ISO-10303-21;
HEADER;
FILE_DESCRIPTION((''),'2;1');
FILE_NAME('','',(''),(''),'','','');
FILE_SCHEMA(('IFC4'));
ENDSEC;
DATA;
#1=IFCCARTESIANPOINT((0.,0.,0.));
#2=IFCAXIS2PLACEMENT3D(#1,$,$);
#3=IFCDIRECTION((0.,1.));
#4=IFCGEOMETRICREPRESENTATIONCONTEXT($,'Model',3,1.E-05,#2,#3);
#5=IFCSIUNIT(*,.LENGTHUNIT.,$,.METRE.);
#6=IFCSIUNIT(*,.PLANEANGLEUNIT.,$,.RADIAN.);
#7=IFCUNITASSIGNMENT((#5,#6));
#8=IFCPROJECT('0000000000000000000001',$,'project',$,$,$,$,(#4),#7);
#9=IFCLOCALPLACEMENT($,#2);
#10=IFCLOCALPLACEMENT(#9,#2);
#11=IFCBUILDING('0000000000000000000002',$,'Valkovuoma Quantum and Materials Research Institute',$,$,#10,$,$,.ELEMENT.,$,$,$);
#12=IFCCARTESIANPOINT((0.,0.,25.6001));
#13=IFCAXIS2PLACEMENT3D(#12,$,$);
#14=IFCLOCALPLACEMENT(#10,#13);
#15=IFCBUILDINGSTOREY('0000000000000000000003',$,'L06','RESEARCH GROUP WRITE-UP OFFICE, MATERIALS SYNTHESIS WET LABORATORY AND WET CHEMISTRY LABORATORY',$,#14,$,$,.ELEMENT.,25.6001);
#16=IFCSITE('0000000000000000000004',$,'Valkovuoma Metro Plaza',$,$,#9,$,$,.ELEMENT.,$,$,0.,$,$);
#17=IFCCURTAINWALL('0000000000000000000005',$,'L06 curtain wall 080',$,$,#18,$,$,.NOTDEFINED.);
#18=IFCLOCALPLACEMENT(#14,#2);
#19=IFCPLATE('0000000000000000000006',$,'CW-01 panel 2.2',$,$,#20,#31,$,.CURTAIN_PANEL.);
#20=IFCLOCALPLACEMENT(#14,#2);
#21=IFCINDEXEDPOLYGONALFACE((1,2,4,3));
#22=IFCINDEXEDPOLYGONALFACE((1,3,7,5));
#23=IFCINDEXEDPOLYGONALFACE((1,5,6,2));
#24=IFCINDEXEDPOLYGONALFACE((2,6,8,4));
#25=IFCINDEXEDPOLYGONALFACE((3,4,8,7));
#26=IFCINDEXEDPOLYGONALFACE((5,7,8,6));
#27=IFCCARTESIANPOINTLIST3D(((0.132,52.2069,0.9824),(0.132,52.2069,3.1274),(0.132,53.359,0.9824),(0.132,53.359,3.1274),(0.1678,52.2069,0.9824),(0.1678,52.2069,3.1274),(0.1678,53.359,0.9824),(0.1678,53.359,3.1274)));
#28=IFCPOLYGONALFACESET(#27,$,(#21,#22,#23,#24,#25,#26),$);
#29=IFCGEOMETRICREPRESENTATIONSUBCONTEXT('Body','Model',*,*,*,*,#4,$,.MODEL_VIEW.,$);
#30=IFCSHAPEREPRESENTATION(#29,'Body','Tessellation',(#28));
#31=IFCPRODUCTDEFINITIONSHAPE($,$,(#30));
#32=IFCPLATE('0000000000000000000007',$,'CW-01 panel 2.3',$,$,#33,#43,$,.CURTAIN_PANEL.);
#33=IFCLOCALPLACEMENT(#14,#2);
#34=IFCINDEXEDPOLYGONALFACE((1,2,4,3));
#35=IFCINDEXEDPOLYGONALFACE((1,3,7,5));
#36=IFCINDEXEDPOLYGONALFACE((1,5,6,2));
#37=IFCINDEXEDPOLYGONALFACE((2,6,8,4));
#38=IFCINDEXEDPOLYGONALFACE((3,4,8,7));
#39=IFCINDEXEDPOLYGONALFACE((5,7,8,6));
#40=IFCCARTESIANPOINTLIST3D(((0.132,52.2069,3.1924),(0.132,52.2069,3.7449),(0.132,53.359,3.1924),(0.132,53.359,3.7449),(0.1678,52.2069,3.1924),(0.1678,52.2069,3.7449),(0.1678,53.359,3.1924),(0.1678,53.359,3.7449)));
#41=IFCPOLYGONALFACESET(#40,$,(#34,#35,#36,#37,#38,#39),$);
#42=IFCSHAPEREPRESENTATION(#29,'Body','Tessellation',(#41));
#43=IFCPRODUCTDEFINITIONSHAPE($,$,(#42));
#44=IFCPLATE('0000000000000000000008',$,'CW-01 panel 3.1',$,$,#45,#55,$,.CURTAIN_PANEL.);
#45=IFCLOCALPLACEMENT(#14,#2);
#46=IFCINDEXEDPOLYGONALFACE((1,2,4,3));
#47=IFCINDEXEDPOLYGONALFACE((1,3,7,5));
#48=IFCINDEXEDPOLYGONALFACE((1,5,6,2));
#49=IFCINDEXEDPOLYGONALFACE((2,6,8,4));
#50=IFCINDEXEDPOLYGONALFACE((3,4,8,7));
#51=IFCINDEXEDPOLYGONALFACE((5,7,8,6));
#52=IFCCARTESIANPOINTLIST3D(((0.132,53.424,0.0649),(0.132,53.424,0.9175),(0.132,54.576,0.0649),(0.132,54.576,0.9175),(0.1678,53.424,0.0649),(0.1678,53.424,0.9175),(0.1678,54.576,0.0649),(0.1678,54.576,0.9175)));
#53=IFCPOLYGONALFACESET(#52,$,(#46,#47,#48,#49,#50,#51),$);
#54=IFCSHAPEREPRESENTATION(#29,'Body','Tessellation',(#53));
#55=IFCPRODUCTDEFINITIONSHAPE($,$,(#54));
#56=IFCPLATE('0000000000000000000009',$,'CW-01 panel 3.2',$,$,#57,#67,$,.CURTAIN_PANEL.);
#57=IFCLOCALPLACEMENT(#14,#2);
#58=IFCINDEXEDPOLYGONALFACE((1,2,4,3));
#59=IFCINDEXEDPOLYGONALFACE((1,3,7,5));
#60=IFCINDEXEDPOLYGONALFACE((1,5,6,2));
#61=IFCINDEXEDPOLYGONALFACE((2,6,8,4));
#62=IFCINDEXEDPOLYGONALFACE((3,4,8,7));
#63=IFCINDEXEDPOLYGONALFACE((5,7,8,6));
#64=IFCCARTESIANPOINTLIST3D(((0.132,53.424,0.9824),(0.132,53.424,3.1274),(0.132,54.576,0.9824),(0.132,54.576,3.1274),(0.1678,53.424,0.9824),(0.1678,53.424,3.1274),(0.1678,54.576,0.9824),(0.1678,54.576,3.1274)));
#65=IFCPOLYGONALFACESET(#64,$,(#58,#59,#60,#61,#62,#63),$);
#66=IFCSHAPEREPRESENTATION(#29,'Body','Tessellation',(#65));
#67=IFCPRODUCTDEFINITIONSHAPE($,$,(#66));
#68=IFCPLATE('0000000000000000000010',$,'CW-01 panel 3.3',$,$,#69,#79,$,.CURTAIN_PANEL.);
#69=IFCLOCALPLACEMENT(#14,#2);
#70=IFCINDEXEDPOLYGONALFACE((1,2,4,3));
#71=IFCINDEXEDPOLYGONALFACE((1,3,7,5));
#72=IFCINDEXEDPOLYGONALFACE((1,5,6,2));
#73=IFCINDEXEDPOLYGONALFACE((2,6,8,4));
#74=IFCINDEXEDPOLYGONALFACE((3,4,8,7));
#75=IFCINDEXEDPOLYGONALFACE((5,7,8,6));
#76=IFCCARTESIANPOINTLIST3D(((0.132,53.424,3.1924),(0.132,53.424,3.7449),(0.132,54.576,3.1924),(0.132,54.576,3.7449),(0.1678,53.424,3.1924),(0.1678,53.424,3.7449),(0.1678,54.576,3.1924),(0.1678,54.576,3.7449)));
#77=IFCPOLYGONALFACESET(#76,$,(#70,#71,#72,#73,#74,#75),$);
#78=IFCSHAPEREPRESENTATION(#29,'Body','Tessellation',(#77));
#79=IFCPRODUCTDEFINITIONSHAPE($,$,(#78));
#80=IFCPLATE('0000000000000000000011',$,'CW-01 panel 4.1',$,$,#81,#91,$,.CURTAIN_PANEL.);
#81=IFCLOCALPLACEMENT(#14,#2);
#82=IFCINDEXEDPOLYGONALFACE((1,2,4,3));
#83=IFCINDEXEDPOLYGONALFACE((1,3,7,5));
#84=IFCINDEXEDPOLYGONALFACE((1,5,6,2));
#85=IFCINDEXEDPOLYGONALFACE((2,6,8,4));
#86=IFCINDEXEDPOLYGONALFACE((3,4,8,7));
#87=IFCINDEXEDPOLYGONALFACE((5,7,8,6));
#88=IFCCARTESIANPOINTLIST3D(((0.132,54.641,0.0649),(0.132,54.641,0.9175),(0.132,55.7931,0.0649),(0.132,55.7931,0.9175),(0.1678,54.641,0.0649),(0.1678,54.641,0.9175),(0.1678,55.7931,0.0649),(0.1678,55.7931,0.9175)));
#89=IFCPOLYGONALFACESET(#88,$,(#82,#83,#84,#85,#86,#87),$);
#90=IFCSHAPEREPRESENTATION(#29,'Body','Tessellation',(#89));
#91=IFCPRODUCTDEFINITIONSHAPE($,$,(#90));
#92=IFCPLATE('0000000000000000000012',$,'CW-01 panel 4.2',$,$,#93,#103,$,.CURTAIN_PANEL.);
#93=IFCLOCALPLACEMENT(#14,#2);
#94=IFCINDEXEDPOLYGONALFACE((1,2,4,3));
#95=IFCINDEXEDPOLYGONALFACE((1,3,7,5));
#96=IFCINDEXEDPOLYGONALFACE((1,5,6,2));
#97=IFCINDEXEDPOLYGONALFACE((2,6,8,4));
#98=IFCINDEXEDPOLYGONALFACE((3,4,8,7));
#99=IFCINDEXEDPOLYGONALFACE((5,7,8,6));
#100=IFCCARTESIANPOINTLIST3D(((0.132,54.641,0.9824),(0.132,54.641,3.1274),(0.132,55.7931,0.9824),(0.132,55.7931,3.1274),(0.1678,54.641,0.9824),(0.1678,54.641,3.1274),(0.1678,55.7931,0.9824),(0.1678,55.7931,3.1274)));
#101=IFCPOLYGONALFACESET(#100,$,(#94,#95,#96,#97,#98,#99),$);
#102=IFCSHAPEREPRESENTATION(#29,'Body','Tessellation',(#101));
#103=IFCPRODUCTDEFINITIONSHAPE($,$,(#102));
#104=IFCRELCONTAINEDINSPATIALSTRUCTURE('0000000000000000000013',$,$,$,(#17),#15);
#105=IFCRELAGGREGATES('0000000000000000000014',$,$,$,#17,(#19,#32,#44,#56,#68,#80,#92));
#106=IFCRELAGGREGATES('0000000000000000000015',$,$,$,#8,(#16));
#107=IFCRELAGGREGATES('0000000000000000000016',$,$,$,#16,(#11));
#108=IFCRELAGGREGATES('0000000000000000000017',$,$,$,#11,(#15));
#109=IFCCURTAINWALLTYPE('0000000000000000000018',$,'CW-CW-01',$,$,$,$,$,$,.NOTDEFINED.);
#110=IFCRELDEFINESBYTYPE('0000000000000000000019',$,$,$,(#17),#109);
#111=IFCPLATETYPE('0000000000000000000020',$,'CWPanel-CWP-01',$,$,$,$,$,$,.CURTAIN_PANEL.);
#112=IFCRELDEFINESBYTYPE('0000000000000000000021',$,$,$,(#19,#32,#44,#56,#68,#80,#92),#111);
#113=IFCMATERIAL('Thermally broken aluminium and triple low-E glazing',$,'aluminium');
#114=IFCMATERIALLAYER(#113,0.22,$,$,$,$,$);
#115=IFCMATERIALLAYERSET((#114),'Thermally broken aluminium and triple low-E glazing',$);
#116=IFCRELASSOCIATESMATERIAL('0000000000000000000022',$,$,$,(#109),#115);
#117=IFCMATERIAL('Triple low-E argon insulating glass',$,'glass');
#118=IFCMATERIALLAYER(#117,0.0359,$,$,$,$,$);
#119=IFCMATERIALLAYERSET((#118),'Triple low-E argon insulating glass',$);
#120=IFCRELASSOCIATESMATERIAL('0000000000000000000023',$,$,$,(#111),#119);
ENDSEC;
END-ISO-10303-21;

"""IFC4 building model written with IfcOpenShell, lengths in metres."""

from ifc_helpers import new_model, si_unit, direction, frame, origin, origin_2d, place, context, subcontext, project, spatial, rectangle, extrude, material, layer, layer_set, type_object, element, aggregate, save


model = new_model("IFC4")

# Units and contexts
model_context = context("Model", 3, precision=1e-05, world=origin(), true_north=direction((0.0, 1.0)))
body_context = subcontext(model_context, "Body", "Model", "MODEL_VIEW")
ifc_project = project(units=[si_unit("LENGTHUNIT", "METRE"), si_unit("PLANEANGLEUNIT", "RADIAN")], contexts=[model_context])

# Site, building, storey
site_placement = place(None, origin())
site = spatial("IfcSite", under=ifc_project, at=site_placement, Name="Valkovuoma Metro Plaza", CompositionType="ELEMENT", RefElevation=0.0)
building_placement = place(site_placement, origin())
building = spatial("IfcBuilding", under=site, at=building_placement, Name="Valkovuoma Quantum and Materials Research Institute", CompositionType="ELEMENT")
storey_placement = place(building_placement, frame((0.0, 0.0, 25.6001)))
storey = spatial("IfcBuildingStorey", under=building, at=storey_placement, Name="L06", Description="RESEARCH GROUP WRITE-UP OFFICE, MATERIALS SYNTHESIS WET LABORATORY AND WET CHEMISTRY LABORATORY", CompositionType="ELEMENT", Elevation=25.6001)

# Curtain wall, plates
ifc_material_1 = material(Name="Thermally broken aluminium and triple low-E glazing", Category="aluminium")
ifc_layer_1 = layer(ifc_material_1, 0.22)
ifc_layer_set_1 = layer_set([ifc_layer_1], Name="Thermally broken aluminium and triple low-E glazing")
curtain_wall_type = type_object("IfcCurtainWallType", Name="CW-CW-01", PredefinedType="NOTDEFINED", material=ifc_layer_set_1)
curtain_wall_placement = place(storey_placement, origin())
curtain_wall = element("IfcCurtainWall", 1, at=curtain_wall_placement, inside=storey, type_object=curtain_wall_type, Name="L06 curtain wall 080", PredefinedType="NOTDEFINED")
ifc_material_2 = material(Name="Triple low-E argon insulating glass", Category="glass")
ifc_layer_2 = layer(ifc_material_2, 0.0359)
ifc_layer_set_2 = layer_set([ifc_layer_2], Name="Triple low-E argon insulating glass")
plate_type = type_object("IfcPlateType", Name="CWPanel-CWP-01", PredefinedType="CURTAIN_PANEL", material=ifc_layer_set_2)
plate_1_placement = place(storey_placement, frame((0.1499, 52.783, 0.9824), z_axis=(0.0, 0.0, 1.0), x_axis=(0.0, 1.0, 0.0)))
plate_1 = element("IfcPlate", 2, at=plate_1_placement, type_object=plate_type, Name="CW-01 panel 2.2", PredefinedType="CURTAIN_PANEL", context=body_context, shape_type="SweptSolid", body=[
    extrude(rectangle(XDim=1.1521, YDim=0.0359, at=origin_2d()), origin(), (0.0, 0.0, 1.0), 2.145),
])
plate_2_placement = place(storey_placement, frame((0.1499, 52.783, 3.1924), z_axis=(0.0, 0.0, 1.0), x_axis=(0.0, 1.0, 0.0)))
plate_2 = element("IfcPlate", 3, at=plate_2_placement, type_object=plate_type, Name="CW-01 panel 2.3", PredefinedType="CURTAIN_PANEL", context=body_context, shape_type="SweptSolid", body=[
    extrude(rectangle(XDim=1.1521, YDim=0.0359, at=origin_2d()), origin(), (0.0, 0.0, 1.0), 0.5525),
])
plate_3_placement = place(storey_placement, frame((0.1499, 54.0, 0.0649), z_axis=(0.0, 0.0, 1.0), x_axis=(0.0, 1.0, 0.0)))
plate_3 = element("IfcPlate", 4, at=plate_3_placement, type_object=plate_type, Name="CW-01 panel 3.1", PredefinedType="CURTAIN_PANEL", context=body_context, shape_type="SweptSolid", body=[
    extrude(rectangle(XDim=1.1521, YDim=0.0359, at=origin_2d()), origin(), (0.0, 0.0, 1.0), 0.8525),
])
plate_4_placement = place(storey_placement, frame((0.1499, 54.0, 0.9824), z_axis=(0.0, 0.0, 1.0), x_axis=(0.0, 1.0, 0.0)))
plate_4 = element("IfcPlate", 5, at=plate_4_placement, type_object=plate_type, Name="CW-01 panel 3.2", PredefinedType="CURTAIN_PANEL", context=body_context, shape_type="SweptSolid", body=[
    extrude(rectangle(XDim=1.1521, YDim=0.0359, at=origin_2d()), origin(), (0.0, 0.0, 1.0), 2.145),
])
plate_5_placement = place(storey_placement, frame((0.1499, 54.0, 3.1924), z_axis=(0.0, 0.0, 1.0), x_axis=(0.0, 1.0, 0.0)))
plate_5 = element("IfcPlate", 6, at=plate_5_placement, type_object=plate_type, Name="CW-01 panel 3.3", PredefinedType="CURTAIN_PANEL", context=body_context, shape_type="SweptSolid", body=[
    extrude(rectangle(XDim=1.1521, YDim=0.0359, at=origin_2d()), origin(), (0.0, 0.0, 1.0), 0.5525),
])
plate_6_placement = place(storey_placement, frame((0.1499, 55.217, 0.0649), z_axis=(0.0, 0.0, 1.0), x_axis=(0.0, 1.0, 0.0)))
plate_6 = element("IfcPlate", 7, at=plate_6_placement, type_object=plate_type, Name="CW-01 panel 4.1", PredefinedType="CURTAIN_PANEL", context=body_context, shape_type="SweptSolid", body=[
    extrude(rectangle(XDim=1.1521, YDim=0.0359, at=origin_2d()), origin(), (0.0, 0.0, 1.0), 0.8525),
])
plate_7_placement = place(storey_placement, frame((0.1499, 55.217, 0.9824), z_axis=(0.0, 0.0, 1.0), x_axis=(0.0, 1.0, 0.0)))
plate_7 = element("IfcPlate", 8, at=plate_7_placement, type_object=plate_type, Name="CW-01 panel 4.2", PredefinedType="CURTAIN_PANEL", context=body_context, shape_type="SweptSolid", body=[
    extrude(rectangle(XDim=1.1521, YDim=0.0359, at=origin_2d()), origin(), (0.0, 0.0, 1.0), 2.145),
])
aggregate(curtain_wall, [plate_1, plate_2, plate_3, plate_4, plate_5, plate_6, plate_7])

save(model, "model.ifc")
